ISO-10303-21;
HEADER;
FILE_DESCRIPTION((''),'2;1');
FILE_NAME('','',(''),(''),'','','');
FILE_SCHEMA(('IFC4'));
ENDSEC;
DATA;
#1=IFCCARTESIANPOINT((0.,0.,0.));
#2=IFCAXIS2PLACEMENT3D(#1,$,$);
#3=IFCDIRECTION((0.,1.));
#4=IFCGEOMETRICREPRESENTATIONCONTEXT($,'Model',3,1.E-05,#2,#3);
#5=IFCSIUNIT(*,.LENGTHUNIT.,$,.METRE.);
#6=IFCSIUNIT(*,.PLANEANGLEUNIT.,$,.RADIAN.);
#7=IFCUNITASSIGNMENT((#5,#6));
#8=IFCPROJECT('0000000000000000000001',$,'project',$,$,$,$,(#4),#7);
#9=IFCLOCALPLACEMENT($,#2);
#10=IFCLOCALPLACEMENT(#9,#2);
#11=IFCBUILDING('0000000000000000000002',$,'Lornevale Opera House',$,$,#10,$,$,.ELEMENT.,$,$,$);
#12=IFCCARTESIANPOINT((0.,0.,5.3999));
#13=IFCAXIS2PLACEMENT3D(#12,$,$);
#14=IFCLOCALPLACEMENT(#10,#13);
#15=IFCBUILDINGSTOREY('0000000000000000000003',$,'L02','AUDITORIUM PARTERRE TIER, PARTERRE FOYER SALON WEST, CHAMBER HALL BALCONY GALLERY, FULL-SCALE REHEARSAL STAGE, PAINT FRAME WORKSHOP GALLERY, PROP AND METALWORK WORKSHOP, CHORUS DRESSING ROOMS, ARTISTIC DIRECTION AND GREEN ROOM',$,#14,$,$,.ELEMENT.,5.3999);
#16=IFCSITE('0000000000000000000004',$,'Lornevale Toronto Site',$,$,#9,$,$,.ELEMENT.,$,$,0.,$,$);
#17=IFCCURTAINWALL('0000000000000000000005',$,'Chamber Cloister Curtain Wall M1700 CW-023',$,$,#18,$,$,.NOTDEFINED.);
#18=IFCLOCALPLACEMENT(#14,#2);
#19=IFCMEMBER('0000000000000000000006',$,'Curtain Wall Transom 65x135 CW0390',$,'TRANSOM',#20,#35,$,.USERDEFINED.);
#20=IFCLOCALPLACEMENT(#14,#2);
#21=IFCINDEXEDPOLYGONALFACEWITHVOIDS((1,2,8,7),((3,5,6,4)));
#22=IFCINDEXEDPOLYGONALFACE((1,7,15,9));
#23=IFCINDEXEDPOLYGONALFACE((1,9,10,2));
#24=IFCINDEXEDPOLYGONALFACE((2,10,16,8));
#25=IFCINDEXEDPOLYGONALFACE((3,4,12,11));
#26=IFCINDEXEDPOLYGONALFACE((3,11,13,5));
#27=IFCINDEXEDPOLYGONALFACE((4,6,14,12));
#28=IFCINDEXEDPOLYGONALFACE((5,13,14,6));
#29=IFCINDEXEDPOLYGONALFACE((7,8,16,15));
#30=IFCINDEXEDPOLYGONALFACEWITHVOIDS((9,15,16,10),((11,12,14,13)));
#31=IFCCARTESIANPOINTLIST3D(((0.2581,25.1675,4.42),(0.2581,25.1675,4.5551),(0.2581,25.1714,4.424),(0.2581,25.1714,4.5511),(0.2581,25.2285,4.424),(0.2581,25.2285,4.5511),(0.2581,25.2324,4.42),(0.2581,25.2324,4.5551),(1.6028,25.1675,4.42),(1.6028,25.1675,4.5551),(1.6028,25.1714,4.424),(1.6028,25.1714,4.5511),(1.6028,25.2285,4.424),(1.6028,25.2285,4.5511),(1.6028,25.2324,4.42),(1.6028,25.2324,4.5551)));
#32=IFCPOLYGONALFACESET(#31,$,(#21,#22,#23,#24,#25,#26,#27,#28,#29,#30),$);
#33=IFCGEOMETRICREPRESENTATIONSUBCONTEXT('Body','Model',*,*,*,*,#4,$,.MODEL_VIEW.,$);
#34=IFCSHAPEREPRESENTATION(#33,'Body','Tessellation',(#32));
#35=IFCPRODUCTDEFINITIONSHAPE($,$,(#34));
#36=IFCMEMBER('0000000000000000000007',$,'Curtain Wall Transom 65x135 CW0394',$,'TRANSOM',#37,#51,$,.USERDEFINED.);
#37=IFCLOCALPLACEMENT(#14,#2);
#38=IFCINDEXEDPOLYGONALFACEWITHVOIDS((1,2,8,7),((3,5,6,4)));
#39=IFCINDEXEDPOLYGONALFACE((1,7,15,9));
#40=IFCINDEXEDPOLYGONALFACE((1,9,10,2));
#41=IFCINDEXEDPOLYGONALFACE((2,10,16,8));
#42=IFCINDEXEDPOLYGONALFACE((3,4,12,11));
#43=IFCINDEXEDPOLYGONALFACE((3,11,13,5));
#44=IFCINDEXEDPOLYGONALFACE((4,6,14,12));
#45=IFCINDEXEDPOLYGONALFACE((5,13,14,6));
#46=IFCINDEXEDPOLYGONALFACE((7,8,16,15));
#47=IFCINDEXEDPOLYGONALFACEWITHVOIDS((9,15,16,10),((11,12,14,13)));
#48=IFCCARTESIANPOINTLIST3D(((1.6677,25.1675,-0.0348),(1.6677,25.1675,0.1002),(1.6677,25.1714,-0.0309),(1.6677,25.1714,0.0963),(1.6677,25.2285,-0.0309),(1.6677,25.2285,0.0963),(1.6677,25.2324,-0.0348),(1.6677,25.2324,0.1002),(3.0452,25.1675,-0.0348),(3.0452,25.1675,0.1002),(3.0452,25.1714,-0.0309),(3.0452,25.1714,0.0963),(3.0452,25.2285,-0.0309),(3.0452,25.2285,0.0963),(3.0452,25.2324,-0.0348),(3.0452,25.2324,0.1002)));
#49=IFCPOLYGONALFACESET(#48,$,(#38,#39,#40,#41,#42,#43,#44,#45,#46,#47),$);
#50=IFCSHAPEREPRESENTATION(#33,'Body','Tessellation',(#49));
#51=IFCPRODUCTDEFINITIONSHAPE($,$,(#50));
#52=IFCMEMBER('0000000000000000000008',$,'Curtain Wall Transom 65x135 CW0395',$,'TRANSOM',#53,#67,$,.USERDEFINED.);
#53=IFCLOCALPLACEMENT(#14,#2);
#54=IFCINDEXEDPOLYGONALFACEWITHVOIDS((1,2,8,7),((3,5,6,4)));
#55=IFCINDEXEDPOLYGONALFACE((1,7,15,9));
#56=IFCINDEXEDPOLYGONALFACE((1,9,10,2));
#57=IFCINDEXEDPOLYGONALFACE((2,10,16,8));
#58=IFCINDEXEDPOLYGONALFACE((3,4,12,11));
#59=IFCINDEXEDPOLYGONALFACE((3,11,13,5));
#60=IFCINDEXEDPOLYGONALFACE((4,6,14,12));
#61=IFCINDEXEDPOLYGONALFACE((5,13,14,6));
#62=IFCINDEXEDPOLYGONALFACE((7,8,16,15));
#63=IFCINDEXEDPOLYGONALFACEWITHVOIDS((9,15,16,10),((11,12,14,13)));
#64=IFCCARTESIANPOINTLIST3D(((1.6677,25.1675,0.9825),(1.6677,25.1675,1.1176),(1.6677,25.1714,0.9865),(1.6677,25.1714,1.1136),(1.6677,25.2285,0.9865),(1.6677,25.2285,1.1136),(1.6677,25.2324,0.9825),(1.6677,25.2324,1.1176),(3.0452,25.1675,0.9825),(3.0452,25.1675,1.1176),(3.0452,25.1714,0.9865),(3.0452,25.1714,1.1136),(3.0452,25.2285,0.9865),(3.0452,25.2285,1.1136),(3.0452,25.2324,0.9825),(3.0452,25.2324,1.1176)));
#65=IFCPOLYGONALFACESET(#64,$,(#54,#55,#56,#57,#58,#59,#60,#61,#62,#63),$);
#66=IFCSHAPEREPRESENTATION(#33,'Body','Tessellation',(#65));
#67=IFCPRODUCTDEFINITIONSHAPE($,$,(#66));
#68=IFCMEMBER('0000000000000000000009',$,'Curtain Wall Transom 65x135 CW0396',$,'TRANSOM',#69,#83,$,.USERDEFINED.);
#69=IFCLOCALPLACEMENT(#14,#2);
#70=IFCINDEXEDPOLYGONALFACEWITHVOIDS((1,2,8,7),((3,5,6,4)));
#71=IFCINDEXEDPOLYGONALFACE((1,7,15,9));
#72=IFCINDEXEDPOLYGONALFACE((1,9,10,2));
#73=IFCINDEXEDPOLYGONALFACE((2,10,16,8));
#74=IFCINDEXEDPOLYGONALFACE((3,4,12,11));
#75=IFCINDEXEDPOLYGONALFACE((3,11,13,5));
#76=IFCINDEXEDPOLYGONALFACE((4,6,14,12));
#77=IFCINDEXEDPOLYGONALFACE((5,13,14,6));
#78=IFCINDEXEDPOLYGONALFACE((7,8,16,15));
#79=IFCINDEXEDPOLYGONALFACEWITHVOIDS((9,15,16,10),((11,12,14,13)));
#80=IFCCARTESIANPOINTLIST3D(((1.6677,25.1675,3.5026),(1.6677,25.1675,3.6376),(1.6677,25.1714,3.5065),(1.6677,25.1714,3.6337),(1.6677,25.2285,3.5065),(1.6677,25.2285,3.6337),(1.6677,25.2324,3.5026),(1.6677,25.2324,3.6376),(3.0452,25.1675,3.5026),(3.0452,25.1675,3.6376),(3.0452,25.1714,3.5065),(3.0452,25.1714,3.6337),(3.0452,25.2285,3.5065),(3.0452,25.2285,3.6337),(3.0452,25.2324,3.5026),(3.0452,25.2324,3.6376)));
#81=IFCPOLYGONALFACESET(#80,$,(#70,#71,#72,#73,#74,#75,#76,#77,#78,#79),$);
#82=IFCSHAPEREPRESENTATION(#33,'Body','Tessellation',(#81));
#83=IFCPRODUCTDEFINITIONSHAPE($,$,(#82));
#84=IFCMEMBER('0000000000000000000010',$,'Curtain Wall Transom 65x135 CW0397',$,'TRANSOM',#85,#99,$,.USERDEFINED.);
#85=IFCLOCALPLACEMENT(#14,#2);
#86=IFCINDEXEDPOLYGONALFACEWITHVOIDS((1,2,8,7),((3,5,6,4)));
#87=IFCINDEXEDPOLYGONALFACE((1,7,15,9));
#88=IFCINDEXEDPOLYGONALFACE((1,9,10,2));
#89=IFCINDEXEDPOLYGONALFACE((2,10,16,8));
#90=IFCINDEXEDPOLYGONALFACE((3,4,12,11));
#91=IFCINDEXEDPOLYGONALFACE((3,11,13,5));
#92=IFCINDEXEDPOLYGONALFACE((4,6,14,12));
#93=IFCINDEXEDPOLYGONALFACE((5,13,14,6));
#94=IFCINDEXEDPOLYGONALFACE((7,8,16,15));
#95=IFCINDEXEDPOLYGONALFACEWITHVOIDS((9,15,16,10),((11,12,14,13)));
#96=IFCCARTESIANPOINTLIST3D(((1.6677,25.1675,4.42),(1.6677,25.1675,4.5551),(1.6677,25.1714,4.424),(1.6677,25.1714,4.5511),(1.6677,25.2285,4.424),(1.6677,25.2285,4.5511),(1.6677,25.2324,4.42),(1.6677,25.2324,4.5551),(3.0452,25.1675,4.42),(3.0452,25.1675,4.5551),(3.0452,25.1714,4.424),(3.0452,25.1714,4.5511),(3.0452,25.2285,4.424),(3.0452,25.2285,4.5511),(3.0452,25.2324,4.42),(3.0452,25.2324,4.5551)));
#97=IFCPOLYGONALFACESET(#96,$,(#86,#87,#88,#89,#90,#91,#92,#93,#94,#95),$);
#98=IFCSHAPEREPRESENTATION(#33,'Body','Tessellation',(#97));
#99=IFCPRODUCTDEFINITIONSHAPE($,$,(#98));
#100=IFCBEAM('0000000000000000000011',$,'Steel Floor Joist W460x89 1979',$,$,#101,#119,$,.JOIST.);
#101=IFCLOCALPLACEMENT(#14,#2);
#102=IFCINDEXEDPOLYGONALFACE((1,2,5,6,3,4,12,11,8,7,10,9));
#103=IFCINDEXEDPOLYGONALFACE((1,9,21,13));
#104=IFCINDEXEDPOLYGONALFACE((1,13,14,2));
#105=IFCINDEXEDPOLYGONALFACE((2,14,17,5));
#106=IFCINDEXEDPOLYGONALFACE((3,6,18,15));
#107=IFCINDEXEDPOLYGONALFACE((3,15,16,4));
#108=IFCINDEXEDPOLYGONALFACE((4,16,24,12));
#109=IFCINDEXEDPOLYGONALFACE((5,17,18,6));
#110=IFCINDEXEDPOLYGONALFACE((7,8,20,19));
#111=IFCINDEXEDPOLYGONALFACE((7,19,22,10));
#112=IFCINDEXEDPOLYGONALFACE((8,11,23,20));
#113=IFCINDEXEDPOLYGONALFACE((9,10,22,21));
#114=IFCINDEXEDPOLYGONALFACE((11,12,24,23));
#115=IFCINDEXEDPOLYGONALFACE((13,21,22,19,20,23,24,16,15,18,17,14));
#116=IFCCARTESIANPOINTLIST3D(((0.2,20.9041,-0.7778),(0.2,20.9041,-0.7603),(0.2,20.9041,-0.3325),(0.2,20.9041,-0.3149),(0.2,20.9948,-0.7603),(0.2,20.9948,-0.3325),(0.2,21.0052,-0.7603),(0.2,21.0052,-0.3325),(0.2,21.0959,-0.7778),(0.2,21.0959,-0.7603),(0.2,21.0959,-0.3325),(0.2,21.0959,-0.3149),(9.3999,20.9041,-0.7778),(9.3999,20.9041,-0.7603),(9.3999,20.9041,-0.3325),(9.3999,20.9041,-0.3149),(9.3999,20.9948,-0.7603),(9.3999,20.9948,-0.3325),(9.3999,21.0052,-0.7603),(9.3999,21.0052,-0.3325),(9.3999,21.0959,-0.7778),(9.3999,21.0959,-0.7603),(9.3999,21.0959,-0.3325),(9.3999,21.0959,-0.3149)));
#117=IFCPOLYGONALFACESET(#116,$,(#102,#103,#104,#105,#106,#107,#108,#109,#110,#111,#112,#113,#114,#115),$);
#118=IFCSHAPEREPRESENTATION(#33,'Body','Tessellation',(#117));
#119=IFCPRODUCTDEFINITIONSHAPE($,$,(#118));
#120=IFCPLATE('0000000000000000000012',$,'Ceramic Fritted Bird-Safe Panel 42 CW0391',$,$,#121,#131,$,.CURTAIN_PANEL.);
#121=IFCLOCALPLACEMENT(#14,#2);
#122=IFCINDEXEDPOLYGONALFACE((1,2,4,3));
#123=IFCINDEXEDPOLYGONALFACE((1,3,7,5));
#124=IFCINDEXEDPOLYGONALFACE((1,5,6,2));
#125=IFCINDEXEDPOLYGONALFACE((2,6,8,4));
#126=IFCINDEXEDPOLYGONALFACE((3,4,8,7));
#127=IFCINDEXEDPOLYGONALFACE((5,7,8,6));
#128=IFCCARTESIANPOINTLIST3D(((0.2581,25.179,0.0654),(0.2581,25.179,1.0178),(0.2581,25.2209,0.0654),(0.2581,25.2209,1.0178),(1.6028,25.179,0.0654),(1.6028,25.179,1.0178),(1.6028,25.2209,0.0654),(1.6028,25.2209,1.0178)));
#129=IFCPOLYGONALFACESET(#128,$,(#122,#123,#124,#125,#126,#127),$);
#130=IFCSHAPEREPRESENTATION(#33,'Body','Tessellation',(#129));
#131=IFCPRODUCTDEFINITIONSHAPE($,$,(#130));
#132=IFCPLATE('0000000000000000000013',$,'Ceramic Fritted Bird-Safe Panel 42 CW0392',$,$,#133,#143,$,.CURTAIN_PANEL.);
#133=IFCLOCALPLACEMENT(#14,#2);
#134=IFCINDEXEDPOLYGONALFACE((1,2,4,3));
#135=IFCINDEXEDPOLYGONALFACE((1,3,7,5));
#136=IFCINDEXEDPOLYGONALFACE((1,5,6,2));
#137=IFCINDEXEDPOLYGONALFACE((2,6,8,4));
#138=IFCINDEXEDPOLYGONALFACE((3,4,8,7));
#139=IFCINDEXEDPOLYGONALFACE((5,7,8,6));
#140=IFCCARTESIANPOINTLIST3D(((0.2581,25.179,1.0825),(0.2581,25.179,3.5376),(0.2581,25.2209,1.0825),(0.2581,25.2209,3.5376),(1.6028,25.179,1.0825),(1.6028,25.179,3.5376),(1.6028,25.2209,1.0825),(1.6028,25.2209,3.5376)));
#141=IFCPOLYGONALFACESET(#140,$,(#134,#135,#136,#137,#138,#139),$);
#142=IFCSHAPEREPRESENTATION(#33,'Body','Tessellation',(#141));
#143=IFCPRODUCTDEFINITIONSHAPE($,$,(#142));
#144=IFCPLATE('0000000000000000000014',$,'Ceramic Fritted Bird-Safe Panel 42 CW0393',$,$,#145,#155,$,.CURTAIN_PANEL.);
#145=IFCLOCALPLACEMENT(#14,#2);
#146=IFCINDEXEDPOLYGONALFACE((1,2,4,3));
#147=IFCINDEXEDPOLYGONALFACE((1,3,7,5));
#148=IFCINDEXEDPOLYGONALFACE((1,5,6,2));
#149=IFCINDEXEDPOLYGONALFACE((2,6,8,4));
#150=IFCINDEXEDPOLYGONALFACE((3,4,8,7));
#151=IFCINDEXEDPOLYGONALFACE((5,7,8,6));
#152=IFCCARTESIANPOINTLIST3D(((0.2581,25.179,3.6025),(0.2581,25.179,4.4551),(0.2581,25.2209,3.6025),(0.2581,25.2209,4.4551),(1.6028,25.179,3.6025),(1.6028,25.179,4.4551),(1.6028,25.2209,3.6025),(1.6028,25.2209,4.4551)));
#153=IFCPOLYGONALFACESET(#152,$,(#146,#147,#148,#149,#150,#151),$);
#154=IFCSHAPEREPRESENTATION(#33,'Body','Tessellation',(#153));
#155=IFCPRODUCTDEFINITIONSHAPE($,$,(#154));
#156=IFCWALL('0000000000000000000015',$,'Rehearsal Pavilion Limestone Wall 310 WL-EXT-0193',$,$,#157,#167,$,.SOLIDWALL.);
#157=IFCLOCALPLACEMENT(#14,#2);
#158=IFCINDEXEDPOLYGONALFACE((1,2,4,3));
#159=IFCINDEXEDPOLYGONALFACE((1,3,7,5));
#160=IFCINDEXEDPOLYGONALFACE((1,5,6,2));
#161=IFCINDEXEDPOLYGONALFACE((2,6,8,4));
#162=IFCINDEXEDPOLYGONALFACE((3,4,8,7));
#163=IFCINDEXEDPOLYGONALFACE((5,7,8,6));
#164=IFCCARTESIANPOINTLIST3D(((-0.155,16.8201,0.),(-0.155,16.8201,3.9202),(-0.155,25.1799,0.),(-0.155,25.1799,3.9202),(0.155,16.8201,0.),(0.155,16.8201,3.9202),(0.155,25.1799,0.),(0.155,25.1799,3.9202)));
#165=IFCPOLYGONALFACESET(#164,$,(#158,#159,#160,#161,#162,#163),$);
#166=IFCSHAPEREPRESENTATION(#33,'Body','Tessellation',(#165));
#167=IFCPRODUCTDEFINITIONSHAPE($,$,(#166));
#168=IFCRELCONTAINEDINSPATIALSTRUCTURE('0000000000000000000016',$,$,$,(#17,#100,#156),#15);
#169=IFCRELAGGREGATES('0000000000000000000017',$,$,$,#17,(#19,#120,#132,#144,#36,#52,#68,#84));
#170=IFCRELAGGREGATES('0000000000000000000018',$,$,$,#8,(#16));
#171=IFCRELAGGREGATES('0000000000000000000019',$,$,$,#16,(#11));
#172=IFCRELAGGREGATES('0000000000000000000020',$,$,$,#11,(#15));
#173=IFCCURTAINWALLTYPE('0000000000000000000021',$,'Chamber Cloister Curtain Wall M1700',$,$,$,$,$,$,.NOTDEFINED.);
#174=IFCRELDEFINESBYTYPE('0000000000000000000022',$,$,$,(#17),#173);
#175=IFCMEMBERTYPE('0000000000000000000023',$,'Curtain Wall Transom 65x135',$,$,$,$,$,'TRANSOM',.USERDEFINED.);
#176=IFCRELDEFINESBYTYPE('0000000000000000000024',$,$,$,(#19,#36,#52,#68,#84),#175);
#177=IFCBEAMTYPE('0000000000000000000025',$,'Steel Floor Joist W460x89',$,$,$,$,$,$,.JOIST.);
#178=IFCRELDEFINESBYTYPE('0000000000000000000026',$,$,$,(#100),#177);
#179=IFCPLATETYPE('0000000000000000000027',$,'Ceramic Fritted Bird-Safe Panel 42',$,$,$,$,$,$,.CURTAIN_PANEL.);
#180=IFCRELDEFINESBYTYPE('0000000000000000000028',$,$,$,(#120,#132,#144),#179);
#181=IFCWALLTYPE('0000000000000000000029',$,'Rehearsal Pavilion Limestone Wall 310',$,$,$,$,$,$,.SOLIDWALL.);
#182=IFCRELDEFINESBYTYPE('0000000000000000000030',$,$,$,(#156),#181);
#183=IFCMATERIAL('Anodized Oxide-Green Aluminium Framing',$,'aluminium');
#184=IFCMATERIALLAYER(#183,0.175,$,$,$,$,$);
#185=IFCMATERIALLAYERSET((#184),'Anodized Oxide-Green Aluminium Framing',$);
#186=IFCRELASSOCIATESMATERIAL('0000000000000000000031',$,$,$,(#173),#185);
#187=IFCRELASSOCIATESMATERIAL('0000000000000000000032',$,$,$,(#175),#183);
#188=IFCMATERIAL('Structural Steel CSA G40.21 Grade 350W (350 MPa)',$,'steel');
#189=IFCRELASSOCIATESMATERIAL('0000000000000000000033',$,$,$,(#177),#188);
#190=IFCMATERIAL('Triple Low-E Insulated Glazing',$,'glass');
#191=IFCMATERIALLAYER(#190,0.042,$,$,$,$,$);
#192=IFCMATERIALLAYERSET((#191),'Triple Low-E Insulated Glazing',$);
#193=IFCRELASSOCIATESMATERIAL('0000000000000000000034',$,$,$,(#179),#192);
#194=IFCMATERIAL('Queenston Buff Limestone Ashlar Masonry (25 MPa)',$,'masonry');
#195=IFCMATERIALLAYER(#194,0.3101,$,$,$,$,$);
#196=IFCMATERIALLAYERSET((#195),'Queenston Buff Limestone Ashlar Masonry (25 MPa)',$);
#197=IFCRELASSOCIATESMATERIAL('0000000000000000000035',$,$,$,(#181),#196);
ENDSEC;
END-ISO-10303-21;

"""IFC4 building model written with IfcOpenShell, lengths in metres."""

from ifc_helpers import new_model, si_unit, direction, frame, frame_2d, origin, origin_2d, place, context, subcontext, project, spatial, rectangle, hollow_rectangle, i_section, extrude, material, layer, layer_set, material_profile, profile_set, type_object, element, aggregate, save


model = new_model("IFC4")

# Units and contexts
model_context = context("Model", 3, precision=1e-05, world=origin(), true_north=direction((0.0, 1.0)))
body_context = subcontext(model_context, "Body", "Model", "MODEL_VIEW")
ifc_project = project(units=[si_unit("LENGTHUNIT", "METRE"), si_unit("PLANEANGLEUNIT", "RADIAN")], contexts=[model_context])

# Site, building, storey
site_placement = place(None, origin())
site = spatial("IfcSite", under=ifc_project, at=site_placement, Name="Lornevale Toronto Site", CompositionType="ELEMENT", RefElevation=0.0)
building_placement = place(site_placement, origin())
building = spatial("IfcBuilding", under=site, at=building_placement, Name="Lornevale Opera House", CompositionType="ELEMENT")
storey_placement = place(building_placement, frame((0.0, 0.0, 5.3999)))
storey = spatial("IfcBuildingStorey", under=building, at=storey_placement, Name="L02", Description="AUDITORIUM PARTERRE TIER, PARTERRE FOYER SALON WEST, CHAMBER HALL BALCONY GALLERY, FULL-SCALE REHEARSAL STAGE, PAINT FRAME WORKSHOP GALLERY, PROP AND METALWORK WORKSHOP, CHORUS DRESSING ROOMS, ARTISTIC DIRECTION AND GREEN ROOM", CompositionType="ELEMENT", Elevation=5.3999)

# Shared definitions
ifc_material_1 = material(Name="Structural Steel CSA G40.21 Grade 350W (350 MPa)", Category="steel")

# Curtain wall, members
ifc_material_2 = material(Name="Anodized Oxide-Green Aluminium Framing", Category="aluminium")
ifc_layer_1 = layer(ifc_material_2, 0.175)
ifc_layer_set_1 = layer_set([ifc_layer_1], Name="Anodized Oxide-Green Aluminium Framing")
curtain_wall_type = type_object("IfcCurtainWallType", Name="Chamber Cloister Curtain Wall M1700", PredefinedType="NOTDEFINED", material=ifc_layer_set_1)
curtain_wall_placement = place(storey_placement, origin())
curtain_wall = element("IfcCurtainWall", 1, at=curtain_wall_placement, inside=storey, type_object=curtain_wall_type, Name="Chamber Cloister Curtain Wall M1700 CW-023", PredefinedType="NOTDEFINED")
ifc_material_profile_1 = material_profile(ifc_material_2, hollow_rectangle(XDim=0.0649, YDim=0.135, WallThickness=0.0039, at=origin_2d()), Name="ALU65x135x4")
ifc_profile_set_1 = profile_set([ifc_material_profile_1], Name="Anodized Oxide-Green Aluminium Framing")
member_type_1 = type_object("IfcMemberType", Name="Curtain Wall Transom 65x135", ElementType="TRANSOM", PredefinedType="USERDEFINED", material=ifc_profile_set_1)
member_1_placement = place(storey_placement, frame((0.2581, 25.2, 4.4875), z_axis=(1.0, 0.0, 0.0), x_axis=(0.0, 1.0, 0.0)))
member_1 = element("IfcMember", 2, at=member_1_placement, type_object=member_type_1, Name="Curtain Wall Transom 65x135 CW0390", ObjectType="TRANSOM", PredefinedType="USERDEFINED", context=body_context, shape_type="SweptSolid", body=[
    extrude(hollow_rectangle(XDim=0.0649, YDim=0.135, WallThickness=0.0039, at=origin_2d()), origin(), (0.0, 0.0, 1.0), 1.3447),
])
member_2_placement = place(storey_placement, frame((1.6677, 25.2, 0.0327), z_axis=(1.0, 0.0, 0.0), x_axis=(0.0, 1.0, 0.0)))
member_2 = element("IfcMember", 3, at=member_2_placement, type_object=member_type_1, Name="Curtain Wall Transom 65x135 CW0394", ObjectType="TRANSOM", PredefinedType="USERDEFINED", context=body_context, shape_type="SweptSolid", body=[
    extrude(hollow_rectangle(XDim=0.0649, YDim=0.135, WallThickness=0.0039, at=origin_2d()), origin(), (0.0, 0.0, 1.0), 1.3774),
])
member_3_placement = place(storey_placement, frame((1.6677, 25.2, 1.05), z_axis=(1.0, 0.0, 0.0), x_axis=(0.0, 1.0, 0.0)))
member_3 = element("IfcMember", 4, at=member_3_placement, type_object=member_type_1, Name="Curtain Wall Transom 65x135 CW0395", ObjectType="TRANSOM", PredefinedType="USERDEFINED", context=body_context, shape_type="SweptSolid", body=[
    extrude(hollow_rectangle(XDim=0.0649, YDim=0.135, WallThickness=0.0039, at=origin_2d()), origin(), (0.0, 0.0, 1.0), 1.3774),
])
member_4_placement = place(storey_placement, frame((1.6677, 25.2, 3.5701), z_axis=(1.0, 0.0, 0.0), x_axis=(0.0, 1.0, 0.0)))
member_4 = element("IfcMember", 5, at=member_4_placement, type_object=member_type_1, Name="Curtain Wall Transom 65x135 CW0396", ObjectType="TRANSOM", PredefinedType="USERDEFINED", context=body_context, shape_type="SweptSolid", body=[
    extrude(hollow_rectangle(XDim=0.0649, YDim=0.135, WallThickness=0.0039, at=origin_2d()), origin(), (0.0, 0.0, 1.0), 1.3774),
])
member_5_placement = place(storey_placement, frame((1.6677, 25.2, 4.4875), z_axis=(1.0, 0.0, 0.0), x_axis=(0.0, 1.0, 0.0)))
member_5 = element("IfcMember", 6, at=member_5_placement, type_object=member_type_1, Name="Curtain Wall Transom 65x135 CW0397", ObjectType="TRANSOM", PredefinedType="USERDEFINED", context=body_context, shape_type="SweptSolid", body=[
    extrude(hollow_rectangle(XDim=0.0649, YDim=0.135, WallThickness=0.0039, at=origin_2d()), origin(), (0.0, 0.0, 1.0), 1.3774),
])

# Beam
ifc_material_profile_2 = material_profile(ifc_material_1, i_section(OverallWidth=0.1919, OverallDepth=0.4629, WebThickness=0.0105, FlangeThickness=0.0176, at=origin_2d()), Name="W460x89")
ifc_profile_set_2 = profile_set([ifc_material_profile_2], Name="Structural Steel CSA G40.21 Grade 350W (350 MPa)")
beam_type_1 = type_object("IfcBeamType", Name="Steel Floor Joist W460x89", PredefinedType="JOIST", material=ifc_profile_set_2)
beam_1_placement = place(storey_placement, frame((0.2, 21.0, -0.5464), z_axis=(1.0, 0.0, 0.0), x_axis=(0.0, 1.0, 0.0)))
element("IfcBeam", 7, at=beam_1_placement, inside=storey, type_object=beam_type_1, Name="Steel Floor Joist W460x89 1979", PredefinedType="JOIST", context=body_context, shape_type="SweptSolid", body=[
    extrude(i_section(OverallWidth=0.1919, OverallDepth=0.4629, WebThickness=0.0105, FlangeThickness=0.0176, at=origin_2d()), origin(), (0.0, 0.0, 1.0), 9.2),
])

# Plates
ifc_material_3 = material(Name="Triple Low-E Insulated Glazing", Category="glass")
ifc_layer_2 = layer(ifc_material_3, 0.042)
ifc_layer_set_2 = layer_set([ifc_layer_2], Name="Triple Low-E Insulated Glazing")
plate_type = type_object("IfcPlateType", Name="Ceramic Fritted Bird-Safe Panel 42", PredefinedType="CURTAIN_PANEL", material=ifc_layer_set_2)
plate_1_placement = place(storey_placement, frame((0.9304, 25.2, 0.0654), z_axis=(0.0, 0.0, 1.0), x_axis=(1.0, 0.0, 0.0)))
plate_1 = element("IfcPlate", 8, at=plate_1_placement, type_object=plate_type, Name="Ceramic Fritted Bird-Safe Panel 42 CW0391", PredefinedType="CURTAIN_PANEL", context=body_context, shape_type="SweptSolid", body=[
    extrude(rectangle(XDim=1.3447, YDim=0.042, at=origin_2d()), origin(), (0.0, 0.0, 1.0), 0.9524),
])
plate_2_placement = place(storey_placement, frame((0.9304, 25.2, 1.0825), z_axis=(0.0, 0.0, 1.0), x_axis=(1.0, 0.0, 0.0)))
plate_2 = element("IfcPlate", 9, at=plate_2_placement, type_object=plate_type, Name="Ceramic Fritted Bird-Safe Panel 42 CW0392", PredefinedType="CURTAIN_PANEL", context=body_context, shape_type="SweptSolid", body=[
    extrude(rectangle(XDim=1.3447, YDim=0.042, at=origin_2d()), origin(), (0.0, 0.0, 1.0), 2.4551),
])
plate_3_placement = place(storey_placement, frame((0.9304, 25.2, 3.6025), z_axis=(0.0, 0.0, 1.0), x_axis=(1.0, 0.0, 0.0)))
plate_3 = element("IfcPlate", 10, at=plate_3_placement, type_object=plate_type, Name="Ceramic Fritted Bird-Safe Panel 42 CW0393", PredefinedType="CURTAIN_PANEL", context=body_context, shape_type="SweptSolid", body=[
    extrude(rectangle(XDim=1.3447, YDim=0.042, at=origin_2d()), origin(), (0.0, 0.0, 1.0), 0.8525),
])
aggregate(curtain_wall, [member_1, plate_1, plate_2, plate_3, member_2, member_3, member_4, member_5])

# Wall
ifc_material_4 = material(Name="Queenston Buff Limestone Ashlar Masonry (25 MPa)", Category="masonry")
ifc_layer_3 = layer(ifc_material_4, 0.3101)
ifc_layer_set_3 = layer_set([ifc_layer_3], Name="Queenston Buff Limestone Ashlar Masonry (25 MPa)")
wall_type = type_object("IfcWallType", Name="Rehearsal Pavilion Limestone Wall 310", PredefinedType="SOLIDWALL", material=ifc_layer_set_3)
wall_placement = place(storey_placement, frame((0.0, 16.8201, 0.0), z_axis=(0.0, 0.0, 1.0), x_axis=(0.0, 1.0, 0.0)))
element("IfcWall", 11, at=wall_placement, inside=storey, type_object=wall_type, Name="Rehearsal Pavilion Limestone Wall 310 WL-EXT-0193", PredefinedType="SOLIDWALL", context=body_context, shape_type="SweptSolid", body=[
    extrude(rectangle(XDim=8.3599, YDim=0.3101, at=frame_2d((4.1799, 0.0))), origin(), (0.0, 0.0, 1.0), 3.9202),
])

save(model, "model.ifc")
